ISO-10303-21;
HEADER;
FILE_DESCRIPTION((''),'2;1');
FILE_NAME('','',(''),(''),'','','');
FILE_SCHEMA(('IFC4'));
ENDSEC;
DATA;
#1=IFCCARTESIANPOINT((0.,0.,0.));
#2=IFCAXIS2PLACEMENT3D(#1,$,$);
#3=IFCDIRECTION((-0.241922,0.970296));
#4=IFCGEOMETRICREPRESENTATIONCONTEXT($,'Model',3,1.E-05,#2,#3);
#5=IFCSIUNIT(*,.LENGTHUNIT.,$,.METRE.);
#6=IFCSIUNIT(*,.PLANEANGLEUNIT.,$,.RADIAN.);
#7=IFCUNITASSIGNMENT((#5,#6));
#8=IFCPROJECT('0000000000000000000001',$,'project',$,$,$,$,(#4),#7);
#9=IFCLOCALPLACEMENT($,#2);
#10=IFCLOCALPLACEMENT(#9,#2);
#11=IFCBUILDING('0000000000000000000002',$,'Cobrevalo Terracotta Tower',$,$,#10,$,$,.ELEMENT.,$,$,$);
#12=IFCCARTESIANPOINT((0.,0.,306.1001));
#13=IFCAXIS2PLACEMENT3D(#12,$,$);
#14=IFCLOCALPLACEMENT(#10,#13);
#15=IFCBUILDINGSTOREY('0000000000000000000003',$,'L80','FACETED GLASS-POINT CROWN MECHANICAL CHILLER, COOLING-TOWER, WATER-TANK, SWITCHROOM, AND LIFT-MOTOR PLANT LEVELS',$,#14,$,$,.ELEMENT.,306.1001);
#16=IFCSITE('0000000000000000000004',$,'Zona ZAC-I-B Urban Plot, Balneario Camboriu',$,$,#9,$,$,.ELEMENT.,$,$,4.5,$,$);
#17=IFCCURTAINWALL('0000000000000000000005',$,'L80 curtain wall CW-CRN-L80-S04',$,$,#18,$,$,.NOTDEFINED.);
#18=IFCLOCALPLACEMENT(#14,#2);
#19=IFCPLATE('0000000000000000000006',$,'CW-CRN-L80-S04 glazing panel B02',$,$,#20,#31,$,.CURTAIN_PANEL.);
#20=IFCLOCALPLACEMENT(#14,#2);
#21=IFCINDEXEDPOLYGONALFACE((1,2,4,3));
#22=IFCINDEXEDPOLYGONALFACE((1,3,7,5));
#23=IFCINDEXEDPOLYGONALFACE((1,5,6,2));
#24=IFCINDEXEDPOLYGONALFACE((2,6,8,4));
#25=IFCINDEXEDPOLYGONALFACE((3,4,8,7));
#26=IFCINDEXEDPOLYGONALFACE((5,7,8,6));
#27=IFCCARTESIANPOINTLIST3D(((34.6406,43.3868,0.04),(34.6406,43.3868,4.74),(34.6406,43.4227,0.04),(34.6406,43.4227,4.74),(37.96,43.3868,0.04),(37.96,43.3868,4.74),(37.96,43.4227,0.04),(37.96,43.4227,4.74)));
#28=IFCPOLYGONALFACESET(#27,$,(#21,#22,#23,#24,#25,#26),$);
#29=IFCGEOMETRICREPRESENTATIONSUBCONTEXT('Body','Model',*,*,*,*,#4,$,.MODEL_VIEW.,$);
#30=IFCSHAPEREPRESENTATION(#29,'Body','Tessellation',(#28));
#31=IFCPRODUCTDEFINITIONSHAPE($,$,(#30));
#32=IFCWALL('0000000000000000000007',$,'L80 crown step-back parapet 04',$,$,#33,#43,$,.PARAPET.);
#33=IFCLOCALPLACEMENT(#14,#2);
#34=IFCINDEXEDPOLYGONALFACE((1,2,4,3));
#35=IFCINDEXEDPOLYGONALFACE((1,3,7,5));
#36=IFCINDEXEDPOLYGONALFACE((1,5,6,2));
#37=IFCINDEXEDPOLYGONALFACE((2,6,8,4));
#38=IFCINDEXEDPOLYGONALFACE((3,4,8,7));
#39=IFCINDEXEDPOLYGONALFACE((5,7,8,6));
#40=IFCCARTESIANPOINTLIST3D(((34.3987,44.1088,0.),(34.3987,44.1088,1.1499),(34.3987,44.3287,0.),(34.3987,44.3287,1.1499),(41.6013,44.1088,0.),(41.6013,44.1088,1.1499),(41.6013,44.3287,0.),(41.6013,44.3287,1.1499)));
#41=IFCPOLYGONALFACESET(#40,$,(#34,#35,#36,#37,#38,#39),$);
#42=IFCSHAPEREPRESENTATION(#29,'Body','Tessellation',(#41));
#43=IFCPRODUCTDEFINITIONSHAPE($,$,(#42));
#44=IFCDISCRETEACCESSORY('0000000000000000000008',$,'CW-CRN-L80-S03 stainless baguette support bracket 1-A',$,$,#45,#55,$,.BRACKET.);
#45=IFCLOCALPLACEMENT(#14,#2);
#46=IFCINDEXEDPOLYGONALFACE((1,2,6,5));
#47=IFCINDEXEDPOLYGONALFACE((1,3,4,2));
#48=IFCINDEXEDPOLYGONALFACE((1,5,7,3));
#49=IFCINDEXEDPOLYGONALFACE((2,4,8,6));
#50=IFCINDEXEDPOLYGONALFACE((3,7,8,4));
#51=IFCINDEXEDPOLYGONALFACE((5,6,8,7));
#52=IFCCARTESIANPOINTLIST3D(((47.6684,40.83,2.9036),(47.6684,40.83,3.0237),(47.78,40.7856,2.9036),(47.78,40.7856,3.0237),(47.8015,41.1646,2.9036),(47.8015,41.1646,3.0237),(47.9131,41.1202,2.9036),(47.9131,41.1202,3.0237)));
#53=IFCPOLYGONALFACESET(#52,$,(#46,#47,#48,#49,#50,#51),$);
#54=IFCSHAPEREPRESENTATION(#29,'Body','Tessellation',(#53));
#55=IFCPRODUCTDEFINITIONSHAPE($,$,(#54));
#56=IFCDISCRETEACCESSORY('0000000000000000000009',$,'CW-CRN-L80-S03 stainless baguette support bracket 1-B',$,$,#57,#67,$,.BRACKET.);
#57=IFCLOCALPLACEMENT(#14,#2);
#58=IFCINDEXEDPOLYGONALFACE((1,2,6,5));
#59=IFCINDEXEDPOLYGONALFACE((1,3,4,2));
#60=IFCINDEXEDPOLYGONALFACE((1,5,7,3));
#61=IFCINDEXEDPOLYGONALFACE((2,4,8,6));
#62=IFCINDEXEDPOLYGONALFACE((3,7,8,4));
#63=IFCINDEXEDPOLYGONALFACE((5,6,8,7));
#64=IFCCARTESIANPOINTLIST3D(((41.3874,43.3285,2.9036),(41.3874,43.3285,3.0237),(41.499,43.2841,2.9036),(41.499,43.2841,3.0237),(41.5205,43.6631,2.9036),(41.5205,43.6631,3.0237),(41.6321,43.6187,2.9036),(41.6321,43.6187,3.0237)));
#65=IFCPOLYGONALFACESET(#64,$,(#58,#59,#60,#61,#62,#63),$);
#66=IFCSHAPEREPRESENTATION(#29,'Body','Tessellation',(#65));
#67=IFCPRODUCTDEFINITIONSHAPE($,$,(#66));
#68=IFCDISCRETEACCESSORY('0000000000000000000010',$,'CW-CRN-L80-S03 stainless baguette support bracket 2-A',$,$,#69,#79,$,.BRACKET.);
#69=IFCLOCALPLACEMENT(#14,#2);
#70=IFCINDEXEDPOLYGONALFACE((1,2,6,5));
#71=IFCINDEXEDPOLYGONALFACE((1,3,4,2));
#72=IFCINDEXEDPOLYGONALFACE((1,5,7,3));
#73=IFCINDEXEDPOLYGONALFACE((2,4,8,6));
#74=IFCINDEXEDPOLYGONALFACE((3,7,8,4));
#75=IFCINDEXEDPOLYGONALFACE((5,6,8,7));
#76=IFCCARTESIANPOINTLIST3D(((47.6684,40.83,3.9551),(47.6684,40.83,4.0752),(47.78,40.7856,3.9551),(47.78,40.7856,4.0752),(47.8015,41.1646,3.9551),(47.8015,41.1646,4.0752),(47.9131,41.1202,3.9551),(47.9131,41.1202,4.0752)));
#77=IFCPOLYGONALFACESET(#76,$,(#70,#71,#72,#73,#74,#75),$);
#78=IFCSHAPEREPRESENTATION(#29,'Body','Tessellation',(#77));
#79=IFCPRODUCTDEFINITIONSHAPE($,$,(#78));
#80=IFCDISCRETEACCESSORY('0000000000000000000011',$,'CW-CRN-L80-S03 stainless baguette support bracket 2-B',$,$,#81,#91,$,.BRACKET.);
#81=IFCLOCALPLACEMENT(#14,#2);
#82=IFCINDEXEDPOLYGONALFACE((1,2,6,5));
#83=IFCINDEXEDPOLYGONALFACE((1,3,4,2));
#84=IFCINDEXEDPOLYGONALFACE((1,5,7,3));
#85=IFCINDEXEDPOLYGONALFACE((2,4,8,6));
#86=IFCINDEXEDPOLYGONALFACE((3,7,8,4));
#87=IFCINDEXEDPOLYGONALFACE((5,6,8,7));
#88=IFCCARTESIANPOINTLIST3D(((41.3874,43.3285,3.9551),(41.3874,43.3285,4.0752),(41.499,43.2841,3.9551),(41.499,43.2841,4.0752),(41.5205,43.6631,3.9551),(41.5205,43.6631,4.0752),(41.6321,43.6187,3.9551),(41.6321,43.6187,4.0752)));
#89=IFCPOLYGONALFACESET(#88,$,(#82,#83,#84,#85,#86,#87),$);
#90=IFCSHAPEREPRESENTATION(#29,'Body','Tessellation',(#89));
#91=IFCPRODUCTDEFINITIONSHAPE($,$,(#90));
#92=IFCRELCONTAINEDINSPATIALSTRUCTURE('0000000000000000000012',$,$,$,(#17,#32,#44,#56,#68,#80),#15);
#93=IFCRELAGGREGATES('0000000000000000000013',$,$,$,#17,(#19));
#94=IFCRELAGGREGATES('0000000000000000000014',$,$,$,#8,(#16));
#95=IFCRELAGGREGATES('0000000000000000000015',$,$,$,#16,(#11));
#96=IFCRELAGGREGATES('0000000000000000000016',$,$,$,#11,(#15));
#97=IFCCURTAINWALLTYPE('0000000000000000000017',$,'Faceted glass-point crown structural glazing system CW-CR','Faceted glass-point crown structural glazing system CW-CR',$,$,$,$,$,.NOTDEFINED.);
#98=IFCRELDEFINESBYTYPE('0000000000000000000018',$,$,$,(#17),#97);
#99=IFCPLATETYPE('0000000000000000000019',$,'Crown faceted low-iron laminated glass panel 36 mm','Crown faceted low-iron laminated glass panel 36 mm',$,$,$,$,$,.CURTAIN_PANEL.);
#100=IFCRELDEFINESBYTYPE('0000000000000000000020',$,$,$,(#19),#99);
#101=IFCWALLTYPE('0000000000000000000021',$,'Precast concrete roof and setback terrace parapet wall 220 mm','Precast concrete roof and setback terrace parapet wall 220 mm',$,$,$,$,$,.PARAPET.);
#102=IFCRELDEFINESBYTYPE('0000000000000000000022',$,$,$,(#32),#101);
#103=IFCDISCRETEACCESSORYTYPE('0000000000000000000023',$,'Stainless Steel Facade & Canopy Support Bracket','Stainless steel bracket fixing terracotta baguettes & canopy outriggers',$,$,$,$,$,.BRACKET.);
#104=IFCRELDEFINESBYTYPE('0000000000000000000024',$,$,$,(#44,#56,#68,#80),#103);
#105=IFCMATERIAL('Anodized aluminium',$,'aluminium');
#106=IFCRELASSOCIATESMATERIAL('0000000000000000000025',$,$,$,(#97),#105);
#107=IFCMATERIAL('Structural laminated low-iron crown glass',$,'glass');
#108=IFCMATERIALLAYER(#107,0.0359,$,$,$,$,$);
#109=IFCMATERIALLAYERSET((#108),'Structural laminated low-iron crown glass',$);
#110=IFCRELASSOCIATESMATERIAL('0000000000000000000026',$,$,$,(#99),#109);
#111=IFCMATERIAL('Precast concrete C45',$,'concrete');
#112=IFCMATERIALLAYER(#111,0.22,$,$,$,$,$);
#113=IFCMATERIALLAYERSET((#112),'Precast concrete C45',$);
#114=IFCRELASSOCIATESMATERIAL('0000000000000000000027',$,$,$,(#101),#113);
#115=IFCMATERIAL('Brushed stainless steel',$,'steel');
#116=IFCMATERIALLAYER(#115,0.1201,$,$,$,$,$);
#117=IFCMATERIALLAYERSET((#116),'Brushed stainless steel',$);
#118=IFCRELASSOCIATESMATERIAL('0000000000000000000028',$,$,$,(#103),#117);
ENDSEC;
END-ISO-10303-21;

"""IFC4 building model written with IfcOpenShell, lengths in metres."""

from ifc_helpers import new_model, si_unit, direction, frame, frame_2d, origin, origin_2d, place, context, subcontext, project, spatial, rectangle, extrude, source, transform, mapped, material, layer, layer_set, type_object, element, aggregate, save


model = new_model("IFC4")

# Units and contexts
model_context = context("Model", 3, precision=1e-05, world=origin(), true_north=direction((-0.241922, 0.970296)))
body_context = subcontext(model_context, "Body", "Model", "MODEL_VIEW")
ifc_project = project(units=[si_unit("LENGTHUNIT", "METRE"), si_unit("PLANEANGLEUNIT", "RADIAN")], contexts=[model_context])

# Site, building, storey
site_placement = place(None, origin())
site = spatial("IfcSite", under=ifc_project, at=site_placement, Name="Zona ZAC-I-B Urban Plot, Balneario Camboriu", CompositionType="ELEMENT", RefElevation=4.5)
building_placement = place(site_placement, origin())
building = spatial("IfcBuilding", under=site, at=building_placement, Name="Cobrevalo Terracotta Tower", CompositionType="ELEMENT")
storey_placement = place(building_placement, frame((0.0, 0.0, 306.1001)))
storey = spatial("IfcBuildingStorey", under=building, at=storey_placement, Name="L80", Description="FACETED GLASS-POINT CROWN MECHANICAL CHILLER, COOLING-TOWER, WATER-TANK, SWITCHROOM, AND LIFT-MOTOR PLANT LEVELS", CompositionType="ELEMENT", Elevation=306.1001)

# Curtain wall
ifc_material_1 = material(Name="Anodized aluminium", Category="aluminium")
curtain_wall_type = type_object("IfcCurtainWallType", Name="Faceted glass-point crown structural glazing system CW-CR", Description="Faceted glass-point crown structural glazing system CW-CR", PredefinedType="NOTDEFINED", material=ifc_material_1)
curtain_wall_1_placement = place(storey_placement, origin())
curtain_wall_1 = element("IfcCurtainWall", 1, at=curtain_wall_1_placement, inside=storey, type_object=curtain_wall_type, Name="L80 curtain wall CW-CRN-L80-S04", PredefinedType="NOTDEFINED")

# Plate
ifc_material_2 = material(Name="Structural laminated low-iron crown glass", Category="glass")
ifc_layer_1 = layer(ifc_material_2, 0.0359)
ifc_layer_set_1 = layer_set([ifc_layer_1], Name="Structural laminated low-iron crown glass")
plate_type = type_object("IfcPlateType", Name="Crown faceted low-iron laminated glass panel 36 mm", Description="Crown faceted low-iron laminated glass panel 36 mm", PredefinedType="CURTAIN_PANEL", material=ifc_layer_set_1)
shared_shape_1 = source(origin(), body_context, "Body", "SweptSolid", [
    extrude(rectangle(XDim=3.3193, YDim=0.0359, at=origin_2d()), origin(), (0.0, 0.0, 1.0), 4.7),
])
plate_1_placement = place(storey_placement, frame((36.3003, 43.4048, 0.04), z_axis=(0.0, 0.0, 1.0), x_axis=(-1.0, 0.0, 0.0)))
plate_1 = element("IfcPlate", 2, at=plate_1_placement, type_object=plate_type, Name="CW-CRN-L80-S04 glazing panel B02", PredefinedType="CURTAIN_PANEL", context=body_context, shape_type="MappedRepresentation", body=[
    mapped(shared_shape_1, transform((0.0, 0.0, 0.0), scale=1.0)),
])
aggregate(curtain_wall_1, [plate_1])

# Wall
ifc_material_3 = material(Name="Precast concrete C45", Category="concrete")
ifc_layer_2 = layer(ifc_material_3, 0.22)
ifc_layer_set_2 = layer_set([ifc_layer_2], Name="Precast concrete C45")
wall_type = type_object("IfcWallType", Name="Precast concrete roof and setback terrace parapet wall 220 mm", Description="Precast concrete roof and setback terrace parapet wall 220 mm", PredefinedType="PARAPET", material=ifc_layer_set_2)
wall_placement = place(storey_placement, frame((41.6013, 44.2188, 0.0), z_axis=(0.0, 0.0, 1.0), x_axis=(-1.0, 0.0, 0.0)))
element("IfcWall", 3, at=wall_placement, inside=storey, type_object=wall_type, Name="L80 crown step-back parapet 04", PredefinedType="PARAPET", context=body_context, shape_type="SweptSolid", body=[
    extrude(rectangle(XDim=7.2026, YDim=0.22, at=frame_2d((3.6013, 0.0))), origin(), (0.0, 0.0, 1.0), 1.1499),
])

# Discrete accessories
ifc_material_4 = material(Name="Brushed stainless steel", Category="steel")
ifc_layer_3 = layer(ifc_material_4, 0.1201)
ifc_layer_set_3 = layer_set([ifc_layer_3], Name="Brushed stainless steel")
discrete_accessory_type = type_object("IfcDiscreteAccessoryType", Name="Stainless Steel Facade & Canopy Support Bracket", Description="Stainless steel bracket fixing terracotta baguettes & canopy outriggers", PredefinedType="BRACKET", material=ifc_layer_set_3)
shared_shape_2 = source(origin(), body_context, "Body", "SweptSolid", [
    extrude(rectangle(XDim=0.1201, YDim=0.3601, at=origin_2d()), origin(), (0.0, 0.0, 1.0), 0.1201),
])
for number, where, z_axis, x_axis, name in (
    (4, (47.7908, 40.9751, 2.9036), (0.0, 0.0, 1.0), (-0.929191, 0.369601, 0.0), "CW-CRN-L80-S03 stainless baguette support bracket 1-A"),
    (5, (41.5098, 43.4736, 2.9036), (0.0, 0.0, 1.0), (-0.929191, 0.369601, 0.0), "CW-CRN-L80-S03 stainless baguette support bracket 1-B"),
    (6, (47.7908, 40.9751, 3.9551), (0.0, 0.0, 1.0), (-0.929191, 0.369601, 0.0), "CW-CRN-L80-S03 stainless baguette support bracket 2-A"),
    (7, (41.5098, 43.4736, 3.9551), (0.0, 0.0, 1.0), (-0.929191, 0.369601, 0.0), "CW-CRN-L80-S03 stainless baguette support bracket 2-B"),
):
    element("IfcDiscreteAccessory", number, at=place(storey_placement, frame(where, z_axis=z_axis, x_axis=x_axis)), inside=storey, type_object=discrete_accessory_type, Name=name, PredefinedType="BRACKET", context=body_context, shape_type="MappedRepresentation", body=[
        mapped(shared_shape_2, transform((0.0, 0.0, 0.0), scale=1.0)),
    ])

save(model, "model.ifc")
